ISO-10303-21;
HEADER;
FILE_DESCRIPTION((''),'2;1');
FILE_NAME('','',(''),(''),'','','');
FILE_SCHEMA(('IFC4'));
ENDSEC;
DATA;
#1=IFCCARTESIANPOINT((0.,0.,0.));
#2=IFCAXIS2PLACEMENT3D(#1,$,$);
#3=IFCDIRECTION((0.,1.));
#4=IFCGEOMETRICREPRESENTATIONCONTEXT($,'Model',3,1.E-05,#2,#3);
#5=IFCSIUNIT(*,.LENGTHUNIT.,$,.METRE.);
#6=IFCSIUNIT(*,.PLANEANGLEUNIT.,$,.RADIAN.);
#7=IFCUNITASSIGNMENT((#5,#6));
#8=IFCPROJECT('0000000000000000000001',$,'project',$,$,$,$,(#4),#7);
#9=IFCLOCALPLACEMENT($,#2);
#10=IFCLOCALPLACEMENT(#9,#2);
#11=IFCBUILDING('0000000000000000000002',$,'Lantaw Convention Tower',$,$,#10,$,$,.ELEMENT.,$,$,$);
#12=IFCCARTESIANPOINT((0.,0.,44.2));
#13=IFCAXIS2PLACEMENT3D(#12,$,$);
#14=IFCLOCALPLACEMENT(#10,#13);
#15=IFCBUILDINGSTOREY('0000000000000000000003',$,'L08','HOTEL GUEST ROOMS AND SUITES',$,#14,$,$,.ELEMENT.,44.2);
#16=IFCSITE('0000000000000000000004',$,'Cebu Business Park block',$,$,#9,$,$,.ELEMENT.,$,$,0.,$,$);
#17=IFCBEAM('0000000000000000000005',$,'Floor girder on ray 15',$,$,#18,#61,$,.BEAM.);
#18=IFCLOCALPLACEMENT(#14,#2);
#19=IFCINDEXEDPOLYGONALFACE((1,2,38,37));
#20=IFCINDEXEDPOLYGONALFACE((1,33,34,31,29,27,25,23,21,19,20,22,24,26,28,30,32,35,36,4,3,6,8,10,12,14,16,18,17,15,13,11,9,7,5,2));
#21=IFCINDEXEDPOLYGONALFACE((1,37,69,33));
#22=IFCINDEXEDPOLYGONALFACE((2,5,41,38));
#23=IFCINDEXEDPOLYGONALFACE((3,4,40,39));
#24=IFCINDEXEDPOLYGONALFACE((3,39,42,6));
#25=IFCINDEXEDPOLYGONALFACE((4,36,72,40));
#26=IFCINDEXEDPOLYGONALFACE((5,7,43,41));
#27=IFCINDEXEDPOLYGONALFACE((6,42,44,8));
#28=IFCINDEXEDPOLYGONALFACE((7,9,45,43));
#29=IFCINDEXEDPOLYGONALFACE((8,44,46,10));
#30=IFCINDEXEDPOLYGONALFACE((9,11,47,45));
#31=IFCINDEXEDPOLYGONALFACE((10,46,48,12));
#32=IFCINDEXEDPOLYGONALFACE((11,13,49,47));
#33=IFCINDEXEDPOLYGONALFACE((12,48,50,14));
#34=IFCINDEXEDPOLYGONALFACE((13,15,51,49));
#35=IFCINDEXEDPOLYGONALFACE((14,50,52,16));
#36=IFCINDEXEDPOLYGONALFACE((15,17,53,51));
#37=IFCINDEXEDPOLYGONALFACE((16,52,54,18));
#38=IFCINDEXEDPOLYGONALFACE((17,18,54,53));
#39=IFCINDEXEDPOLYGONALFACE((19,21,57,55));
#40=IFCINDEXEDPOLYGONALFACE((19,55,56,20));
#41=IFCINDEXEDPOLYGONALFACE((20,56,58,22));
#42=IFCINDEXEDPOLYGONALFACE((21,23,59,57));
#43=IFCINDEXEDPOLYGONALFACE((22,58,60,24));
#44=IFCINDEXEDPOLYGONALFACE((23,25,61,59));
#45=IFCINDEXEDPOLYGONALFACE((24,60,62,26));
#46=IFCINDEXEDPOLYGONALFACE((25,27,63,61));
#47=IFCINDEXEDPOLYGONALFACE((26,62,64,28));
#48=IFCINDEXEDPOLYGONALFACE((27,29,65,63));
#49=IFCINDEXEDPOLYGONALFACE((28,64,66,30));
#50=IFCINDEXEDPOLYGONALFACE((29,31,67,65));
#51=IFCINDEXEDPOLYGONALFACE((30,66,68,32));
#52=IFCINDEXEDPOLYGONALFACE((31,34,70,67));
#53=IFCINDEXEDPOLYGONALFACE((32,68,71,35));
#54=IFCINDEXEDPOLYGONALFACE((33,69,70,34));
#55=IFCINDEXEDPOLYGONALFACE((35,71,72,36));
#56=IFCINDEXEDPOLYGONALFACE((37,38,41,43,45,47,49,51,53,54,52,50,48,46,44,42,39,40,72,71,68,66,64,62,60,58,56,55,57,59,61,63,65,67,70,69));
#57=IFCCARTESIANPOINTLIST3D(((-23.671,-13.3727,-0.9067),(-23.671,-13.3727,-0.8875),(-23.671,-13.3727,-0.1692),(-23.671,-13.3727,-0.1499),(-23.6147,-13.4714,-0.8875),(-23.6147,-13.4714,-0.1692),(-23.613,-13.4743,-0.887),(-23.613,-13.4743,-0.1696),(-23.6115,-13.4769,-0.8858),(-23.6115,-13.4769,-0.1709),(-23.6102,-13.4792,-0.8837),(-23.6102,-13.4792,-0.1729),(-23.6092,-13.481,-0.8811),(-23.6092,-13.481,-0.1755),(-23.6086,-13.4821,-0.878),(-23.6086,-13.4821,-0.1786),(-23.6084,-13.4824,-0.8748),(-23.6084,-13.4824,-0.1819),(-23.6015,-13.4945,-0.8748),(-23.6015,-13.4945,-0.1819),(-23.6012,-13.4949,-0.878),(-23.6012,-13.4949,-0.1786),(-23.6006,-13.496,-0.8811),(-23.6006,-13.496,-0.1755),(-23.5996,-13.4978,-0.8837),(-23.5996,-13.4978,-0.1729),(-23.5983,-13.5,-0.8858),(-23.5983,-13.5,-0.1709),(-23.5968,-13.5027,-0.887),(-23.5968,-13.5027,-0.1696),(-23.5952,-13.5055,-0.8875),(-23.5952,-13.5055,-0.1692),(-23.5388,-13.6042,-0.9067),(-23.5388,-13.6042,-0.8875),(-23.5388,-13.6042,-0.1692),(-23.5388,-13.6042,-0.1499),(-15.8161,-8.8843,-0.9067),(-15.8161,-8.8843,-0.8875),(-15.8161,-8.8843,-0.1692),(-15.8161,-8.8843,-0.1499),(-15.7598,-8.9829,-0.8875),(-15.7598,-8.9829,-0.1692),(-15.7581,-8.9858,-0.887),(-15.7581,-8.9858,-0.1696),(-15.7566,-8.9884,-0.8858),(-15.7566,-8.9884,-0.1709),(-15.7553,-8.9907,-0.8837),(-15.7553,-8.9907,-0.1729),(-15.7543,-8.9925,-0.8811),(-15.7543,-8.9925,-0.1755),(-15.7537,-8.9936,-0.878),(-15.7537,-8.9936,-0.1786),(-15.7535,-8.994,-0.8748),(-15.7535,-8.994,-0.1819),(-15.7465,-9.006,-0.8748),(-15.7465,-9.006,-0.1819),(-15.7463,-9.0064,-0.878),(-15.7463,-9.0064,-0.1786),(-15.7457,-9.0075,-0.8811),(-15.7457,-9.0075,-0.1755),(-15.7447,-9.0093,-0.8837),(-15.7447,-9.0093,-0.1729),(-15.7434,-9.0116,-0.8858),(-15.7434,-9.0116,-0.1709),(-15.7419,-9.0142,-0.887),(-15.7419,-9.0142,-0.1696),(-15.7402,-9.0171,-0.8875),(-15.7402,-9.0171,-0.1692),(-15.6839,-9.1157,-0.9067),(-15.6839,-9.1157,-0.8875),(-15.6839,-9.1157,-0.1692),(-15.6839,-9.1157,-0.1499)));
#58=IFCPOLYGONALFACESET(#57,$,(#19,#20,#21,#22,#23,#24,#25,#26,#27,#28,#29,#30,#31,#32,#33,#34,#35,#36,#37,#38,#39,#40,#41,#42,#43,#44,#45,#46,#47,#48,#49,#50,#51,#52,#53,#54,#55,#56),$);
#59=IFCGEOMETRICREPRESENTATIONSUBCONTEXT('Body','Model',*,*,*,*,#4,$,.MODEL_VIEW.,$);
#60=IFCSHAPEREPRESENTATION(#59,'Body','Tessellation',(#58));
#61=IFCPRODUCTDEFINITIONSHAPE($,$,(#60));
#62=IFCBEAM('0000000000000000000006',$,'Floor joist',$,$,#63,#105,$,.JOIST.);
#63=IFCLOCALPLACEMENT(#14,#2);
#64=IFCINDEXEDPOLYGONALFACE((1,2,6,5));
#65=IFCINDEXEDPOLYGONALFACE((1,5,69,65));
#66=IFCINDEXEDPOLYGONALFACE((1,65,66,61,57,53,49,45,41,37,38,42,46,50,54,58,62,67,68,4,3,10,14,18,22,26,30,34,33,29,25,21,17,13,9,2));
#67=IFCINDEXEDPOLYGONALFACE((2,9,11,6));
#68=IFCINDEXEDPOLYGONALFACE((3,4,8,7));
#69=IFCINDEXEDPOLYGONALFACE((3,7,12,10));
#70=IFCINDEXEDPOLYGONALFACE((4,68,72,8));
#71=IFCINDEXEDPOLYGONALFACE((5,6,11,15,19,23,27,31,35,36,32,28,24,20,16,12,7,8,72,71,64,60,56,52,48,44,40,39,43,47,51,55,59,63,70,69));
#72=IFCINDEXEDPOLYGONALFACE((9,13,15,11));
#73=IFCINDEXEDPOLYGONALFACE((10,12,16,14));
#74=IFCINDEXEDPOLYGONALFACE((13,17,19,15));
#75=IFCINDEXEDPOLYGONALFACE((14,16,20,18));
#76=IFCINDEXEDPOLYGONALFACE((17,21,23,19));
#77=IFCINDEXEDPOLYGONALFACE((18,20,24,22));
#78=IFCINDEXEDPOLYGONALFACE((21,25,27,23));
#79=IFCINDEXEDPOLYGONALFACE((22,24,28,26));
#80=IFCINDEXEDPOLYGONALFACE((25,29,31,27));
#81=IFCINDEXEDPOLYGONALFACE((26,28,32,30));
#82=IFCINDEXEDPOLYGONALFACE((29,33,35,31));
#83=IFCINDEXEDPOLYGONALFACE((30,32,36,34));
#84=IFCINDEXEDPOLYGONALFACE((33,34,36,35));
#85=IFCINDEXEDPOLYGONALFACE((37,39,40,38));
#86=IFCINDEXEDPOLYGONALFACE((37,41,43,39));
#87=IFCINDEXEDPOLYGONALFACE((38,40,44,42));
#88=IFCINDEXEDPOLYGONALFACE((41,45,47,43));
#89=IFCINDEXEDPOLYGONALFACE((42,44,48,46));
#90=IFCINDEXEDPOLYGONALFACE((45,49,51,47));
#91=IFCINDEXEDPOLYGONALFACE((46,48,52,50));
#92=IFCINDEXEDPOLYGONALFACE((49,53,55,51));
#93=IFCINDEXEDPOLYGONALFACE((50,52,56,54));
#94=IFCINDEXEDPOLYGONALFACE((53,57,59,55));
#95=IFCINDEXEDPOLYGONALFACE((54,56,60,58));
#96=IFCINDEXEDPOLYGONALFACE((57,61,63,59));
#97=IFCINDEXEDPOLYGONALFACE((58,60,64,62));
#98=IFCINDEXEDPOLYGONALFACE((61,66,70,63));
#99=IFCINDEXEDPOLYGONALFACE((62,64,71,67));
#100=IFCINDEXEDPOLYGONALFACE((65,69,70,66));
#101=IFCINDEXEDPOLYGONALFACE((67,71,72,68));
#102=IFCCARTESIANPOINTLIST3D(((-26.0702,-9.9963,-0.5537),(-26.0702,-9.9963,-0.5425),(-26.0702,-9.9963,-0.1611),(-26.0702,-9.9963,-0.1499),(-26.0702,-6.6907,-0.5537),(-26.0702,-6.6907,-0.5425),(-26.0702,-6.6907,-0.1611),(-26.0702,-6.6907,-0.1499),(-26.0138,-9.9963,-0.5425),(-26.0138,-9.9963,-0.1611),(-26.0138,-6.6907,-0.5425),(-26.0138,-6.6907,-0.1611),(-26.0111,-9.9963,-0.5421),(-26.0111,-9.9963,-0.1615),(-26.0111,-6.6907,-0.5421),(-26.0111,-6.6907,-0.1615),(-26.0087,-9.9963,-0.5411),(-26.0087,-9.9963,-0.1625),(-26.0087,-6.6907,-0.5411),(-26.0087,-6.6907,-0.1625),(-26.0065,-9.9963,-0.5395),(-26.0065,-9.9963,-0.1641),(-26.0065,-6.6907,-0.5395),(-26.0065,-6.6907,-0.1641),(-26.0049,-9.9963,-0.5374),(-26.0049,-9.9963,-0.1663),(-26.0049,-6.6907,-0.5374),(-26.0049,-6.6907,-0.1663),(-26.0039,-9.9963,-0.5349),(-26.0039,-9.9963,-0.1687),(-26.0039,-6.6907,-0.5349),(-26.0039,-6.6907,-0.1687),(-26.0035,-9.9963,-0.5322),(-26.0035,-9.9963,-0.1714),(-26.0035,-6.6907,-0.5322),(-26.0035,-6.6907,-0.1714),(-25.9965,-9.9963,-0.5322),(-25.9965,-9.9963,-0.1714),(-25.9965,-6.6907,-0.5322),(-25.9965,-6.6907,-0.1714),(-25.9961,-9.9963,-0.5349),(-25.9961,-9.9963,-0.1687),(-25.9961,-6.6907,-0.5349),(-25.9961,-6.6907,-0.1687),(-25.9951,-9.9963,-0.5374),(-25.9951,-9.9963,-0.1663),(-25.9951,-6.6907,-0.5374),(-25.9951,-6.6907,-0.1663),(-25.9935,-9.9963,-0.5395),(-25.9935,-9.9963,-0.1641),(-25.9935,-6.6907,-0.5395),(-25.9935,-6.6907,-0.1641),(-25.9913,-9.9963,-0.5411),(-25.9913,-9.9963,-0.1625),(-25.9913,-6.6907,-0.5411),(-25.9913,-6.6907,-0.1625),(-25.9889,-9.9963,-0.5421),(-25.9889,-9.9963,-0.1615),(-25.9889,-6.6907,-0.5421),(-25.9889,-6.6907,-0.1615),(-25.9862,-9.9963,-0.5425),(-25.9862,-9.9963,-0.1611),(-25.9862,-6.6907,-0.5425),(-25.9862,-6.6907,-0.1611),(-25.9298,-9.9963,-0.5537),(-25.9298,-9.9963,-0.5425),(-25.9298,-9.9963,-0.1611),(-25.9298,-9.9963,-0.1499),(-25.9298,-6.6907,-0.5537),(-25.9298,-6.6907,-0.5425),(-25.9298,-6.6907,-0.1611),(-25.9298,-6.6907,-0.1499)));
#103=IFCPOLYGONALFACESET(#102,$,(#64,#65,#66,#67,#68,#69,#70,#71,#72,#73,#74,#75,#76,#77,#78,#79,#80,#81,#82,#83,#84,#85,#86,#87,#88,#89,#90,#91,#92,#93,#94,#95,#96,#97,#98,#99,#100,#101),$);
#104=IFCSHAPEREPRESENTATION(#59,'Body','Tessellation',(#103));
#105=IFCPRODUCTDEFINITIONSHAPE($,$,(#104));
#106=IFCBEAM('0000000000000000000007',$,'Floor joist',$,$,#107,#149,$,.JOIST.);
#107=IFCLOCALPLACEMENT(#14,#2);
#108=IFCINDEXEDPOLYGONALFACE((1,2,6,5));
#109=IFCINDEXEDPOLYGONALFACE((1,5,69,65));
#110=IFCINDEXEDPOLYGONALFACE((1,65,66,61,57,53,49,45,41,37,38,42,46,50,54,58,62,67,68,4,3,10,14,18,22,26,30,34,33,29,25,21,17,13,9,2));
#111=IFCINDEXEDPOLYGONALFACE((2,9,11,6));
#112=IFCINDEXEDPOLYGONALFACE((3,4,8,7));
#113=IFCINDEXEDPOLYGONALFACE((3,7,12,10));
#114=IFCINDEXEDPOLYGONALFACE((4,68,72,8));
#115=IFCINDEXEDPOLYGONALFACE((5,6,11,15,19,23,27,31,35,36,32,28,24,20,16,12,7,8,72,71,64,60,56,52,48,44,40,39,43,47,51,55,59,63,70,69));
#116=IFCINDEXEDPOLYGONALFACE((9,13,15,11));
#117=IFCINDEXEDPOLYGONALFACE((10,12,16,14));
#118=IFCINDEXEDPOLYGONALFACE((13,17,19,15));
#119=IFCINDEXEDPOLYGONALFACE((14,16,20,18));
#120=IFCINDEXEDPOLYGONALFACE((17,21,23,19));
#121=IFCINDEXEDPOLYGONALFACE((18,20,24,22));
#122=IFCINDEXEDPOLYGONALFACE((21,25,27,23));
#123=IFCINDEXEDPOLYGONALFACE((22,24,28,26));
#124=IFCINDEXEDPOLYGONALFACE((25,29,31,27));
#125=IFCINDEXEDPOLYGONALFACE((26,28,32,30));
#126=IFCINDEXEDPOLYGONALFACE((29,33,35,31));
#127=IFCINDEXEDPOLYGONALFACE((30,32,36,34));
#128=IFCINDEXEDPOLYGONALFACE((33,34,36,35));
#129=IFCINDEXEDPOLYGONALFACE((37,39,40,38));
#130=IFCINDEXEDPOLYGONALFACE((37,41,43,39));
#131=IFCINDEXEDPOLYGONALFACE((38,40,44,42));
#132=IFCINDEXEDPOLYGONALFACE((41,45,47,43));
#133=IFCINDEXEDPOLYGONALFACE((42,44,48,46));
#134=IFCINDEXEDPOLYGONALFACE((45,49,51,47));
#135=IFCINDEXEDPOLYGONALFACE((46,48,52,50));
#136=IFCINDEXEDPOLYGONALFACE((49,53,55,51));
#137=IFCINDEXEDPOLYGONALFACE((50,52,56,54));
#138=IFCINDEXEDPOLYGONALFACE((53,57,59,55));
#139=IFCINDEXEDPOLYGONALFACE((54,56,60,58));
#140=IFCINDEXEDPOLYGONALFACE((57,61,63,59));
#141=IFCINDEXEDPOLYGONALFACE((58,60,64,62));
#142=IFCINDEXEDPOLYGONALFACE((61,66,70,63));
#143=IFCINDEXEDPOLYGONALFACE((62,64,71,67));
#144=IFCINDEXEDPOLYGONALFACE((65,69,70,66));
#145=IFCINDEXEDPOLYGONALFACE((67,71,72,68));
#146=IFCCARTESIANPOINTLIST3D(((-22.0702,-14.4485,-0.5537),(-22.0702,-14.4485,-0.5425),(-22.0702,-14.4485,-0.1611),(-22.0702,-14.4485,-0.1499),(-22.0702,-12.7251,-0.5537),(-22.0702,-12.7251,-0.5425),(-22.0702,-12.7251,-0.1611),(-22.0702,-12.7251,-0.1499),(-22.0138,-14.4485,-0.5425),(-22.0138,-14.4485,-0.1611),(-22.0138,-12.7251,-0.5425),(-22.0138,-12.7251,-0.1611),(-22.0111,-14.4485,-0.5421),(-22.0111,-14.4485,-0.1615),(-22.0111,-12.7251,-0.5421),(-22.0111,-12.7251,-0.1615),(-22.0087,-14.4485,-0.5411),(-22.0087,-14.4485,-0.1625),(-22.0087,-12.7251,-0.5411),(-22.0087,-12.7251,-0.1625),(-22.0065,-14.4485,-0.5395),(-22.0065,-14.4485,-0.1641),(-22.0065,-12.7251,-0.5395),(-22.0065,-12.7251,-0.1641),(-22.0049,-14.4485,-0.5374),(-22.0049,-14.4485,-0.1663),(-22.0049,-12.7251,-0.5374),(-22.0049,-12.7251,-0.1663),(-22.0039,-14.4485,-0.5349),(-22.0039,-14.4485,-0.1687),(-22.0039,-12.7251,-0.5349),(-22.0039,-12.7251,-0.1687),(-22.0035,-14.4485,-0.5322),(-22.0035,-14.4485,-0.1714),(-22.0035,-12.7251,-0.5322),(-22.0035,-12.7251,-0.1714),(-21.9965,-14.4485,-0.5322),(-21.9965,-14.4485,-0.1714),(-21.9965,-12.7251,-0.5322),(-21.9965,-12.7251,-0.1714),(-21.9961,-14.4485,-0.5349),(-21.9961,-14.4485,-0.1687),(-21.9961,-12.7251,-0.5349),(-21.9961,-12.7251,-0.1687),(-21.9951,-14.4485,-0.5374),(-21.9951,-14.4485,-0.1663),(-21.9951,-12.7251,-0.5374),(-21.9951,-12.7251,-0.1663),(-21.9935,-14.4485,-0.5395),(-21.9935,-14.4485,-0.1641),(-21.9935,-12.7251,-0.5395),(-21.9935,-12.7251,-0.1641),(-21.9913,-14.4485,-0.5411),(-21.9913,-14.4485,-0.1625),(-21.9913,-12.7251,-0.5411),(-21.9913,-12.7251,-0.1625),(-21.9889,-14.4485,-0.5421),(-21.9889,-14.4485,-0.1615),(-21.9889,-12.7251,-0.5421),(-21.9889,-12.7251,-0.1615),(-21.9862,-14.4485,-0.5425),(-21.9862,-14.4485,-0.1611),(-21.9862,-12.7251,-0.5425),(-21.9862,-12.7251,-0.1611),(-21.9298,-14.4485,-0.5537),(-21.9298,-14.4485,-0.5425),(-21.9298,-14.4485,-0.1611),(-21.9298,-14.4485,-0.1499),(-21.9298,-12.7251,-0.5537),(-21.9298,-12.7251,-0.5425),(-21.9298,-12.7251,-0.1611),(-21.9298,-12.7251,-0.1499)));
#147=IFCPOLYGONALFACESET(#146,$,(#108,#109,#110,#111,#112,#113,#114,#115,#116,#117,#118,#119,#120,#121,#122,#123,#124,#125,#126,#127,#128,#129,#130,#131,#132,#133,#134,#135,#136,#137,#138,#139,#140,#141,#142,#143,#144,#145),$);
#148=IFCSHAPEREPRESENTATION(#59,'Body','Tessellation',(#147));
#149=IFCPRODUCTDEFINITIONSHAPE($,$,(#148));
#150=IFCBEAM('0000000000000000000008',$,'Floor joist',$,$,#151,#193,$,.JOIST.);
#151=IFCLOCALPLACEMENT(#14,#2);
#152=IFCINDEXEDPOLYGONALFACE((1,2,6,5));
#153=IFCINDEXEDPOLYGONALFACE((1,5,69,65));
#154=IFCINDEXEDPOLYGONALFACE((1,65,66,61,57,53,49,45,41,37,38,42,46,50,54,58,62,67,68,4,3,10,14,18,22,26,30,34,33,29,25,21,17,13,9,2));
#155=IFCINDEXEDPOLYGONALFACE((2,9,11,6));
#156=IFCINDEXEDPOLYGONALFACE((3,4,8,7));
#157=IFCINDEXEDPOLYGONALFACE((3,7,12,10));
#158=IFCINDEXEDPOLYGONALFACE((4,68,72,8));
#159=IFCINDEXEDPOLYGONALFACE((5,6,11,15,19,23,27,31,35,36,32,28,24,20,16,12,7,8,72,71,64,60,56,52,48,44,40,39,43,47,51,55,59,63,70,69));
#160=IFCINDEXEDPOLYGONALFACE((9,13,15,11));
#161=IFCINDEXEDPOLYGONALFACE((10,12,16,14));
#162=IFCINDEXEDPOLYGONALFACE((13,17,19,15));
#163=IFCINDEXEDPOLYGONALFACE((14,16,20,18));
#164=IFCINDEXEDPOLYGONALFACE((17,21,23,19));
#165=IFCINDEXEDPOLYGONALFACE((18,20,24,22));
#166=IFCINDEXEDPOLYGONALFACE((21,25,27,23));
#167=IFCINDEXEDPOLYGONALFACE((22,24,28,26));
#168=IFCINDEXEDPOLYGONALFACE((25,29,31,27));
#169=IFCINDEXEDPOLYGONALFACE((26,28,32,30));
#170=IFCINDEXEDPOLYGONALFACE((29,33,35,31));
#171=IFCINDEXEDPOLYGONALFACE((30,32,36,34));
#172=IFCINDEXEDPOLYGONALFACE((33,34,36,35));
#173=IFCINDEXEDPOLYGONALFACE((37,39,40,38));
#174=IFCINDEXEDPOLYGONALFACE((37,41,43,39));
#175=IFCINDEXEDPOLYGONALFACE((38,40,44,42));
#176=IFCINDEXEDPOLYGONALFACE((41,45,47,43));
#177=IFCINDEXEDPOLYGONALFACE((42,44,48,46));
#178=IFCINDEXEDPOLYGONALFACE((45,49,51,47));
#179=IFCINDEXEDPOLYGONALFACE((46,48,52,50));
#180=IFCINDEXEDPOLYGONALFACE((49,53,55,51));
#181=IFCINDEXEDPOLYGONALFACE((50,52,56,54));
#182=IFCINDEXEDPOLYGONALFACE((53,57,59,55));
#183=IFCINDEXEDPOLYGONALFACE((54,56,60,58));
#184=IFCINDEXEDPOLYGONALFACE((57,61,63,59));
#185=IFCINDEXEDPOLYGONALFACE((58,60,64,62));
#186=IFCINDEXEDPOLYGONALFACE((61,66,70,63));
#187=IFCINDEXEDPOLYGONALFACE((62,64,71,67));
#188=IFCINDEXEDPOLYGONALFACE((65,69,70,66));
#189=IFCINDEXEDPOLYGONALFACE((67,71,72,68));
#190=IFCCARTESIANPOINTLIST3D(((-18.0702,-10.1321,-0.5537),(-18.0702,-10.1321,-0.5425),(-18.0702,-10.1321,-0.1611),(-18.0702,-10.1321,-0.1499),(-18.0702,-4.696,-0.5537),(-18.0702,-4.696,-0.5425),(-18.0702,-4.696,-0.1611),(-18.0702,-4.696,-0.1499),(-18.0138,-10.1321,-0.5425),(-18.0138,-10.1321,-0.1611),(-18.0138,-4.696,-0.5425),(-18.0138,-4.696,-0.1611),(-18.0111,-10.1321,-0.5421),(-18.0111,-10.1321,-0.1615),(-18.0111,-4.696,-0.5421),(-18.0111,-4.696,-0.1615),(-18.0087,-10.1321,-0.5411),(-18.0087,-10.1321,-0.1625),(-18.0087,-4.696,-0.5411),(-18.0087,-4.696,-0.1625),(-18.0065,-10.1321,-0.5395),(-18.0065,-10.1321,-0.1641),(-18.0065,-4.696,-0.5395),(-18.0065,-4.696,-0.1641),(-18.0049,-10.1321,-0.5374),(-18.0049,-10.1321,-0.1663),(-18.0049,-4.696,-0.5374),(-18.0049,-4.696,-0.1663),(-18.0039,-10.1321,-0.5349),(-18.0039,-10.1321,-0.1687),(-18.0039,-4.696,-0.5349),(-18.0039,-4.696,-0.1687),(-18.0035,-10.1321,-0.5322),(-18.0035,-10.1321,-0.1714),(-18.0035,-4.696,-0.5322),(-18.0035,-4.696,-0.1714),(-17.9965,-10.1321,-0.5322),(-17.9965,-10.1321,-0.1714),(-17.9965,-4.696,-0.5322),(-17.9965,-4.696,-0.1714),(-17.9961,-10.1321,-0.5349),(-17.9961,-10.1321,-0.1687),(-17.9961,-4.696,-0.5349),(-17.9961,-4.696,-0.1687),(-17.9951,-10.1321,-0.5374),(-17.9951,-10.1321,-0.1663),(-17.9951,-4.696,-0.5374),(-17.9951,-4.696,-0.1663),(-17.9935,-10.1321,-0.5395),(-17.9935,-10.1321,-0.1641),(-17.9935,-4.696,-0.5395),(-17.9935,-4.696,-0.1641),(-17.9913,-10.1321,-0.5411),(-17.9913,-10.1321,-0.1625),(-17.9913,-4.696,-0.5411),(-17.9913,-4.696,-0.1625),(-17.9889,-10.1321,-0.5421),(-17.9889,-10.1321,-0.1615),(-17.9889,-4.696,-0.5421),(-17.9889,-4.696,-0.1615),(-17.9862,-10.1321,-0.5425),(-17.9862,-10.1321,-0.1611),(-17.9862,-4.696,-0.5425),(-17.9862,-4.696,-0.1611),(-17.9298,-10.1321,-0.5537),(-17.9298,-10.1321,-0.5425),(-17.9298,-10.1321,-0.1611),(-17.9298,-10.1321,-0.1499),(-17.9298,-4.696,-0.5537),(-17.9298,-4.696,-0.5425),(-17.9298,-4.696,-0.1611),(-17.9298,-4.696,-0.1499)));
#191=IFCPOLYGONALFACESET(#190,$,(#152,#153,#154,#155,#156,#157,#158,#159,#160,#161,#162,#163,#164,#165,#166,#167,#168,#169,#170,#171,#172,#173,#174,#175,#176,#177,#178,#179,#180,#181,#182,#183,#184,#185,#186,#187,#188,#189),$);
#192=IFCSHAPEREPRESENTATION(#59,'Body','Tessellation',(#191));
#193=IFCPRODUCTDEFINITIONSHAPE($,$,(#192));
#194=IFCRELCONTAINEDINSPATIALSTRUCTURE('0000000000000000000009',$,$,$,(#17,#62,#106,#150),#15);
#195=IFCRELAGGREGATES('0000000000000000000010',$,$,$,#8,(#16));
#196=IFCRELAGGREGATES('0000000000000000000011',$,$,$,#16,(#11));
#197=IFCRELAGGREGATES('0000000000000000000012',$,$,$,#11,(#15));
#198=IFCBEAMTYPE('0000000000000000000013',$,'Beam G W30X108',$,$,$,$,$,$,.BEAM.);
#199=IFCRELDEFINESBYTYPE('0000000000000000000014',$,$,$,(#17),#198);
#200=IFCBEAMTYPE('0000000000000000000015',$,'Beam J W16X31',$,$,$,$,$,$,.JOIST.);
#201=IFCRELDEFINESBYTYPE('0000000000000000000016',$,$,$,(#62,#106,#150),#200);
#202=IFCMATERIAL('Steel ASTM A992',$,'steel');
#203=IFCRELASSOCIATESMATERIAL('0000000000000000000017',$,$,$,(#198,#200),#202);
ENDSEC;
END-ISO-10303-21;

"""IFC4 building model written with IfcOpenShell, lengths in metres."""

from ifc_helpers import new_model, si_unit, direction, frame, origin, origin_2d, place, context, subcontext, project, spatial, i_section, extrude, material, material_profile, profile_set, type_object, element, save


model = new_model("IFC4")

# Units and contexts
model_context = context("Model", 3, precision=1e-05, world=origin(), true_north=direction((0.0, 1.0)))
body_context = subcontext(model_context, "Body", "Model", "MODEL_VIEW")
ifc_project = project(units=[si_unit("LENGTHUNIT", "METRE"), si_unit("PLANEANGLEUNIT", "RADIAN")], contexts=[model_context])

# Site, building, storey
site_placement = place(None, origin())
site = spatial("IfcSite", under=ifc_project, at=site_placement, Name="Cebu Business Park block", CompositionType="ELEMENT", RefElevation=0.0)
building_placement = place(site_placement, origin())
building = spatial("IfcBuilding", under=site, at=building_placement, Name="Lantaw Convention Tower", CompositionType="ELEMENT")
storey_placement = place(building_placement, frame((0.0, 0.0, 44.2)))
storey = spatial("IfcBuildingStorey", under=building, at=storey_placement, Name="L08", Description="HOTEL GUEST ROOMS AND SUITES", CompositionType="ELEMENT", Elevation=44.2)

# Beams
ifc_material_1 = material(Name="Steel ASTM A992", Category="steel")
ifc_material_profile_1 = material_profile(ifc_material_1, i_section(OverallWidth=0.2666, OverallDepth=0.7568, WebThickness=0.0139, FlangeThickness=0.0193, FilletRadius=0.0127, at=origin_2d()), Name="W30X108")
ifc_profile_set_1 = profile_set([ifc_material_profile_1], Name="Steel ASTM A992")
beam_type_1 = type_object("IfcBeamType", Name="Beam G W30X108", PredefinedType="BEAM", material=ifc_profile_set_1)
beam_1_placement = place(storey_placement, frame((-15.75, -9.0, -0.5283), z_axis=(-0.868245, -0.496136, 0.0), x_axis=(0.496136, -0.868245, 0.0)))
element("IfcBeam", 1, at=beam_1_placement, inside=storey, type_object=beam_type_1, Name="Floor girder on ray 15", PredefinedType="BEAM", context=body_context, shape_type="SweptSolid", body=[
    extrude(i_section(OverallWidth=0.2666, OverallDepth=0.7568, WebThickness=0.0139, FlangeThickness=0.0193, FilletRadius=0.0127, at=origin_2d()), origin(), (0.0, 0.0, 1.0), 9.0469),
])
ifc_material_profile_2 = material_profile(ifc_material_1, i_section(OverallWidth=0.1404, OverallDepth=0.4038, WebThickness=0.0071, FlangeThickness=0.0112, FilletRadius=0.0103, at=origin_2d()), Name="W16X31")
ifc_profile_set_2 = profile_set([ifc_material_profile_2], Name="Steel ASTM A992")
beam_type_2 = type_object("IfcBeamType", Name="Beam J W16X31", PredefinedType="JOIST", material=ifc_profile_set_2)
beam_2_placement = place(storey_placement, frame((-26.0, -9.9963, -0.3518), z_axis=(0.0, 1.0, 0.0), x_axis=(-1.0, 0.0, 0.0)))
element("IfcBeam", 2, at=beam_2_placement, inside=storey, type_object=beam_type_2, Name="Floor joist", PredefinedType="JOIST", context=body_context, shape_type="SweptSolid", body=[
    extrude(i_section(OverallWidth=0.1404, OverallDepth=0.4038, WebThickness=0.0071, FlangeThickness=0.0112, FilletRadius=0.0103, at=origin_2d()), origin(), (0.0, 0.0, 1.0), 3.3057),
])
beam_3_placement = place(storey_placement, frame((-22.0, -14.4485, -0.3518), z_axis=(0.0, 1.0, 0.0), x_axis=(-1.0, 0.0, 0.0)))
element("IfcBeam", 3, at=beam_3_placement, inside=storey, type_object=beam_type_2, Name="Floor joist", PredefinedType="JOIST", context=body_context, shape_type="SweptSolid", body=[
    extrude(i_section(OverallWidth=0.1404, OverallDepth=0.4038, WebThickness=0.0071, FlangeThickness=0.0112, FilletRadius=0.0103, at=origin_2d()), origin(), (0.0, 0.0, 1.0), 1.7234),
])
beam_4_placement = place(storey_placement, frame((-18.0, -10.1321, -0.3518), z_axis=(0.0, 1.0, 0.0), x_axis=(-1.0, 0.0, 0.0)))
element("IfcBeam", 4, at=beam_4_placement, inside=storey, type_object=beam_type_2, Name="Floor joist", PredefinedType="JOIST", context=body_context, shape_type="SweptSolid", body=[
    extrude(i_section(OverallWidth=0.1404, OverallDepth=0.4038, WebThickness=0.0071, FlangeThickness=0.0112, FilletRadius=0.0103, at=origin_2d()), origin(), (0.0, 0.0, 1.0), 5.436),
])

save(model, "model.ifc")
